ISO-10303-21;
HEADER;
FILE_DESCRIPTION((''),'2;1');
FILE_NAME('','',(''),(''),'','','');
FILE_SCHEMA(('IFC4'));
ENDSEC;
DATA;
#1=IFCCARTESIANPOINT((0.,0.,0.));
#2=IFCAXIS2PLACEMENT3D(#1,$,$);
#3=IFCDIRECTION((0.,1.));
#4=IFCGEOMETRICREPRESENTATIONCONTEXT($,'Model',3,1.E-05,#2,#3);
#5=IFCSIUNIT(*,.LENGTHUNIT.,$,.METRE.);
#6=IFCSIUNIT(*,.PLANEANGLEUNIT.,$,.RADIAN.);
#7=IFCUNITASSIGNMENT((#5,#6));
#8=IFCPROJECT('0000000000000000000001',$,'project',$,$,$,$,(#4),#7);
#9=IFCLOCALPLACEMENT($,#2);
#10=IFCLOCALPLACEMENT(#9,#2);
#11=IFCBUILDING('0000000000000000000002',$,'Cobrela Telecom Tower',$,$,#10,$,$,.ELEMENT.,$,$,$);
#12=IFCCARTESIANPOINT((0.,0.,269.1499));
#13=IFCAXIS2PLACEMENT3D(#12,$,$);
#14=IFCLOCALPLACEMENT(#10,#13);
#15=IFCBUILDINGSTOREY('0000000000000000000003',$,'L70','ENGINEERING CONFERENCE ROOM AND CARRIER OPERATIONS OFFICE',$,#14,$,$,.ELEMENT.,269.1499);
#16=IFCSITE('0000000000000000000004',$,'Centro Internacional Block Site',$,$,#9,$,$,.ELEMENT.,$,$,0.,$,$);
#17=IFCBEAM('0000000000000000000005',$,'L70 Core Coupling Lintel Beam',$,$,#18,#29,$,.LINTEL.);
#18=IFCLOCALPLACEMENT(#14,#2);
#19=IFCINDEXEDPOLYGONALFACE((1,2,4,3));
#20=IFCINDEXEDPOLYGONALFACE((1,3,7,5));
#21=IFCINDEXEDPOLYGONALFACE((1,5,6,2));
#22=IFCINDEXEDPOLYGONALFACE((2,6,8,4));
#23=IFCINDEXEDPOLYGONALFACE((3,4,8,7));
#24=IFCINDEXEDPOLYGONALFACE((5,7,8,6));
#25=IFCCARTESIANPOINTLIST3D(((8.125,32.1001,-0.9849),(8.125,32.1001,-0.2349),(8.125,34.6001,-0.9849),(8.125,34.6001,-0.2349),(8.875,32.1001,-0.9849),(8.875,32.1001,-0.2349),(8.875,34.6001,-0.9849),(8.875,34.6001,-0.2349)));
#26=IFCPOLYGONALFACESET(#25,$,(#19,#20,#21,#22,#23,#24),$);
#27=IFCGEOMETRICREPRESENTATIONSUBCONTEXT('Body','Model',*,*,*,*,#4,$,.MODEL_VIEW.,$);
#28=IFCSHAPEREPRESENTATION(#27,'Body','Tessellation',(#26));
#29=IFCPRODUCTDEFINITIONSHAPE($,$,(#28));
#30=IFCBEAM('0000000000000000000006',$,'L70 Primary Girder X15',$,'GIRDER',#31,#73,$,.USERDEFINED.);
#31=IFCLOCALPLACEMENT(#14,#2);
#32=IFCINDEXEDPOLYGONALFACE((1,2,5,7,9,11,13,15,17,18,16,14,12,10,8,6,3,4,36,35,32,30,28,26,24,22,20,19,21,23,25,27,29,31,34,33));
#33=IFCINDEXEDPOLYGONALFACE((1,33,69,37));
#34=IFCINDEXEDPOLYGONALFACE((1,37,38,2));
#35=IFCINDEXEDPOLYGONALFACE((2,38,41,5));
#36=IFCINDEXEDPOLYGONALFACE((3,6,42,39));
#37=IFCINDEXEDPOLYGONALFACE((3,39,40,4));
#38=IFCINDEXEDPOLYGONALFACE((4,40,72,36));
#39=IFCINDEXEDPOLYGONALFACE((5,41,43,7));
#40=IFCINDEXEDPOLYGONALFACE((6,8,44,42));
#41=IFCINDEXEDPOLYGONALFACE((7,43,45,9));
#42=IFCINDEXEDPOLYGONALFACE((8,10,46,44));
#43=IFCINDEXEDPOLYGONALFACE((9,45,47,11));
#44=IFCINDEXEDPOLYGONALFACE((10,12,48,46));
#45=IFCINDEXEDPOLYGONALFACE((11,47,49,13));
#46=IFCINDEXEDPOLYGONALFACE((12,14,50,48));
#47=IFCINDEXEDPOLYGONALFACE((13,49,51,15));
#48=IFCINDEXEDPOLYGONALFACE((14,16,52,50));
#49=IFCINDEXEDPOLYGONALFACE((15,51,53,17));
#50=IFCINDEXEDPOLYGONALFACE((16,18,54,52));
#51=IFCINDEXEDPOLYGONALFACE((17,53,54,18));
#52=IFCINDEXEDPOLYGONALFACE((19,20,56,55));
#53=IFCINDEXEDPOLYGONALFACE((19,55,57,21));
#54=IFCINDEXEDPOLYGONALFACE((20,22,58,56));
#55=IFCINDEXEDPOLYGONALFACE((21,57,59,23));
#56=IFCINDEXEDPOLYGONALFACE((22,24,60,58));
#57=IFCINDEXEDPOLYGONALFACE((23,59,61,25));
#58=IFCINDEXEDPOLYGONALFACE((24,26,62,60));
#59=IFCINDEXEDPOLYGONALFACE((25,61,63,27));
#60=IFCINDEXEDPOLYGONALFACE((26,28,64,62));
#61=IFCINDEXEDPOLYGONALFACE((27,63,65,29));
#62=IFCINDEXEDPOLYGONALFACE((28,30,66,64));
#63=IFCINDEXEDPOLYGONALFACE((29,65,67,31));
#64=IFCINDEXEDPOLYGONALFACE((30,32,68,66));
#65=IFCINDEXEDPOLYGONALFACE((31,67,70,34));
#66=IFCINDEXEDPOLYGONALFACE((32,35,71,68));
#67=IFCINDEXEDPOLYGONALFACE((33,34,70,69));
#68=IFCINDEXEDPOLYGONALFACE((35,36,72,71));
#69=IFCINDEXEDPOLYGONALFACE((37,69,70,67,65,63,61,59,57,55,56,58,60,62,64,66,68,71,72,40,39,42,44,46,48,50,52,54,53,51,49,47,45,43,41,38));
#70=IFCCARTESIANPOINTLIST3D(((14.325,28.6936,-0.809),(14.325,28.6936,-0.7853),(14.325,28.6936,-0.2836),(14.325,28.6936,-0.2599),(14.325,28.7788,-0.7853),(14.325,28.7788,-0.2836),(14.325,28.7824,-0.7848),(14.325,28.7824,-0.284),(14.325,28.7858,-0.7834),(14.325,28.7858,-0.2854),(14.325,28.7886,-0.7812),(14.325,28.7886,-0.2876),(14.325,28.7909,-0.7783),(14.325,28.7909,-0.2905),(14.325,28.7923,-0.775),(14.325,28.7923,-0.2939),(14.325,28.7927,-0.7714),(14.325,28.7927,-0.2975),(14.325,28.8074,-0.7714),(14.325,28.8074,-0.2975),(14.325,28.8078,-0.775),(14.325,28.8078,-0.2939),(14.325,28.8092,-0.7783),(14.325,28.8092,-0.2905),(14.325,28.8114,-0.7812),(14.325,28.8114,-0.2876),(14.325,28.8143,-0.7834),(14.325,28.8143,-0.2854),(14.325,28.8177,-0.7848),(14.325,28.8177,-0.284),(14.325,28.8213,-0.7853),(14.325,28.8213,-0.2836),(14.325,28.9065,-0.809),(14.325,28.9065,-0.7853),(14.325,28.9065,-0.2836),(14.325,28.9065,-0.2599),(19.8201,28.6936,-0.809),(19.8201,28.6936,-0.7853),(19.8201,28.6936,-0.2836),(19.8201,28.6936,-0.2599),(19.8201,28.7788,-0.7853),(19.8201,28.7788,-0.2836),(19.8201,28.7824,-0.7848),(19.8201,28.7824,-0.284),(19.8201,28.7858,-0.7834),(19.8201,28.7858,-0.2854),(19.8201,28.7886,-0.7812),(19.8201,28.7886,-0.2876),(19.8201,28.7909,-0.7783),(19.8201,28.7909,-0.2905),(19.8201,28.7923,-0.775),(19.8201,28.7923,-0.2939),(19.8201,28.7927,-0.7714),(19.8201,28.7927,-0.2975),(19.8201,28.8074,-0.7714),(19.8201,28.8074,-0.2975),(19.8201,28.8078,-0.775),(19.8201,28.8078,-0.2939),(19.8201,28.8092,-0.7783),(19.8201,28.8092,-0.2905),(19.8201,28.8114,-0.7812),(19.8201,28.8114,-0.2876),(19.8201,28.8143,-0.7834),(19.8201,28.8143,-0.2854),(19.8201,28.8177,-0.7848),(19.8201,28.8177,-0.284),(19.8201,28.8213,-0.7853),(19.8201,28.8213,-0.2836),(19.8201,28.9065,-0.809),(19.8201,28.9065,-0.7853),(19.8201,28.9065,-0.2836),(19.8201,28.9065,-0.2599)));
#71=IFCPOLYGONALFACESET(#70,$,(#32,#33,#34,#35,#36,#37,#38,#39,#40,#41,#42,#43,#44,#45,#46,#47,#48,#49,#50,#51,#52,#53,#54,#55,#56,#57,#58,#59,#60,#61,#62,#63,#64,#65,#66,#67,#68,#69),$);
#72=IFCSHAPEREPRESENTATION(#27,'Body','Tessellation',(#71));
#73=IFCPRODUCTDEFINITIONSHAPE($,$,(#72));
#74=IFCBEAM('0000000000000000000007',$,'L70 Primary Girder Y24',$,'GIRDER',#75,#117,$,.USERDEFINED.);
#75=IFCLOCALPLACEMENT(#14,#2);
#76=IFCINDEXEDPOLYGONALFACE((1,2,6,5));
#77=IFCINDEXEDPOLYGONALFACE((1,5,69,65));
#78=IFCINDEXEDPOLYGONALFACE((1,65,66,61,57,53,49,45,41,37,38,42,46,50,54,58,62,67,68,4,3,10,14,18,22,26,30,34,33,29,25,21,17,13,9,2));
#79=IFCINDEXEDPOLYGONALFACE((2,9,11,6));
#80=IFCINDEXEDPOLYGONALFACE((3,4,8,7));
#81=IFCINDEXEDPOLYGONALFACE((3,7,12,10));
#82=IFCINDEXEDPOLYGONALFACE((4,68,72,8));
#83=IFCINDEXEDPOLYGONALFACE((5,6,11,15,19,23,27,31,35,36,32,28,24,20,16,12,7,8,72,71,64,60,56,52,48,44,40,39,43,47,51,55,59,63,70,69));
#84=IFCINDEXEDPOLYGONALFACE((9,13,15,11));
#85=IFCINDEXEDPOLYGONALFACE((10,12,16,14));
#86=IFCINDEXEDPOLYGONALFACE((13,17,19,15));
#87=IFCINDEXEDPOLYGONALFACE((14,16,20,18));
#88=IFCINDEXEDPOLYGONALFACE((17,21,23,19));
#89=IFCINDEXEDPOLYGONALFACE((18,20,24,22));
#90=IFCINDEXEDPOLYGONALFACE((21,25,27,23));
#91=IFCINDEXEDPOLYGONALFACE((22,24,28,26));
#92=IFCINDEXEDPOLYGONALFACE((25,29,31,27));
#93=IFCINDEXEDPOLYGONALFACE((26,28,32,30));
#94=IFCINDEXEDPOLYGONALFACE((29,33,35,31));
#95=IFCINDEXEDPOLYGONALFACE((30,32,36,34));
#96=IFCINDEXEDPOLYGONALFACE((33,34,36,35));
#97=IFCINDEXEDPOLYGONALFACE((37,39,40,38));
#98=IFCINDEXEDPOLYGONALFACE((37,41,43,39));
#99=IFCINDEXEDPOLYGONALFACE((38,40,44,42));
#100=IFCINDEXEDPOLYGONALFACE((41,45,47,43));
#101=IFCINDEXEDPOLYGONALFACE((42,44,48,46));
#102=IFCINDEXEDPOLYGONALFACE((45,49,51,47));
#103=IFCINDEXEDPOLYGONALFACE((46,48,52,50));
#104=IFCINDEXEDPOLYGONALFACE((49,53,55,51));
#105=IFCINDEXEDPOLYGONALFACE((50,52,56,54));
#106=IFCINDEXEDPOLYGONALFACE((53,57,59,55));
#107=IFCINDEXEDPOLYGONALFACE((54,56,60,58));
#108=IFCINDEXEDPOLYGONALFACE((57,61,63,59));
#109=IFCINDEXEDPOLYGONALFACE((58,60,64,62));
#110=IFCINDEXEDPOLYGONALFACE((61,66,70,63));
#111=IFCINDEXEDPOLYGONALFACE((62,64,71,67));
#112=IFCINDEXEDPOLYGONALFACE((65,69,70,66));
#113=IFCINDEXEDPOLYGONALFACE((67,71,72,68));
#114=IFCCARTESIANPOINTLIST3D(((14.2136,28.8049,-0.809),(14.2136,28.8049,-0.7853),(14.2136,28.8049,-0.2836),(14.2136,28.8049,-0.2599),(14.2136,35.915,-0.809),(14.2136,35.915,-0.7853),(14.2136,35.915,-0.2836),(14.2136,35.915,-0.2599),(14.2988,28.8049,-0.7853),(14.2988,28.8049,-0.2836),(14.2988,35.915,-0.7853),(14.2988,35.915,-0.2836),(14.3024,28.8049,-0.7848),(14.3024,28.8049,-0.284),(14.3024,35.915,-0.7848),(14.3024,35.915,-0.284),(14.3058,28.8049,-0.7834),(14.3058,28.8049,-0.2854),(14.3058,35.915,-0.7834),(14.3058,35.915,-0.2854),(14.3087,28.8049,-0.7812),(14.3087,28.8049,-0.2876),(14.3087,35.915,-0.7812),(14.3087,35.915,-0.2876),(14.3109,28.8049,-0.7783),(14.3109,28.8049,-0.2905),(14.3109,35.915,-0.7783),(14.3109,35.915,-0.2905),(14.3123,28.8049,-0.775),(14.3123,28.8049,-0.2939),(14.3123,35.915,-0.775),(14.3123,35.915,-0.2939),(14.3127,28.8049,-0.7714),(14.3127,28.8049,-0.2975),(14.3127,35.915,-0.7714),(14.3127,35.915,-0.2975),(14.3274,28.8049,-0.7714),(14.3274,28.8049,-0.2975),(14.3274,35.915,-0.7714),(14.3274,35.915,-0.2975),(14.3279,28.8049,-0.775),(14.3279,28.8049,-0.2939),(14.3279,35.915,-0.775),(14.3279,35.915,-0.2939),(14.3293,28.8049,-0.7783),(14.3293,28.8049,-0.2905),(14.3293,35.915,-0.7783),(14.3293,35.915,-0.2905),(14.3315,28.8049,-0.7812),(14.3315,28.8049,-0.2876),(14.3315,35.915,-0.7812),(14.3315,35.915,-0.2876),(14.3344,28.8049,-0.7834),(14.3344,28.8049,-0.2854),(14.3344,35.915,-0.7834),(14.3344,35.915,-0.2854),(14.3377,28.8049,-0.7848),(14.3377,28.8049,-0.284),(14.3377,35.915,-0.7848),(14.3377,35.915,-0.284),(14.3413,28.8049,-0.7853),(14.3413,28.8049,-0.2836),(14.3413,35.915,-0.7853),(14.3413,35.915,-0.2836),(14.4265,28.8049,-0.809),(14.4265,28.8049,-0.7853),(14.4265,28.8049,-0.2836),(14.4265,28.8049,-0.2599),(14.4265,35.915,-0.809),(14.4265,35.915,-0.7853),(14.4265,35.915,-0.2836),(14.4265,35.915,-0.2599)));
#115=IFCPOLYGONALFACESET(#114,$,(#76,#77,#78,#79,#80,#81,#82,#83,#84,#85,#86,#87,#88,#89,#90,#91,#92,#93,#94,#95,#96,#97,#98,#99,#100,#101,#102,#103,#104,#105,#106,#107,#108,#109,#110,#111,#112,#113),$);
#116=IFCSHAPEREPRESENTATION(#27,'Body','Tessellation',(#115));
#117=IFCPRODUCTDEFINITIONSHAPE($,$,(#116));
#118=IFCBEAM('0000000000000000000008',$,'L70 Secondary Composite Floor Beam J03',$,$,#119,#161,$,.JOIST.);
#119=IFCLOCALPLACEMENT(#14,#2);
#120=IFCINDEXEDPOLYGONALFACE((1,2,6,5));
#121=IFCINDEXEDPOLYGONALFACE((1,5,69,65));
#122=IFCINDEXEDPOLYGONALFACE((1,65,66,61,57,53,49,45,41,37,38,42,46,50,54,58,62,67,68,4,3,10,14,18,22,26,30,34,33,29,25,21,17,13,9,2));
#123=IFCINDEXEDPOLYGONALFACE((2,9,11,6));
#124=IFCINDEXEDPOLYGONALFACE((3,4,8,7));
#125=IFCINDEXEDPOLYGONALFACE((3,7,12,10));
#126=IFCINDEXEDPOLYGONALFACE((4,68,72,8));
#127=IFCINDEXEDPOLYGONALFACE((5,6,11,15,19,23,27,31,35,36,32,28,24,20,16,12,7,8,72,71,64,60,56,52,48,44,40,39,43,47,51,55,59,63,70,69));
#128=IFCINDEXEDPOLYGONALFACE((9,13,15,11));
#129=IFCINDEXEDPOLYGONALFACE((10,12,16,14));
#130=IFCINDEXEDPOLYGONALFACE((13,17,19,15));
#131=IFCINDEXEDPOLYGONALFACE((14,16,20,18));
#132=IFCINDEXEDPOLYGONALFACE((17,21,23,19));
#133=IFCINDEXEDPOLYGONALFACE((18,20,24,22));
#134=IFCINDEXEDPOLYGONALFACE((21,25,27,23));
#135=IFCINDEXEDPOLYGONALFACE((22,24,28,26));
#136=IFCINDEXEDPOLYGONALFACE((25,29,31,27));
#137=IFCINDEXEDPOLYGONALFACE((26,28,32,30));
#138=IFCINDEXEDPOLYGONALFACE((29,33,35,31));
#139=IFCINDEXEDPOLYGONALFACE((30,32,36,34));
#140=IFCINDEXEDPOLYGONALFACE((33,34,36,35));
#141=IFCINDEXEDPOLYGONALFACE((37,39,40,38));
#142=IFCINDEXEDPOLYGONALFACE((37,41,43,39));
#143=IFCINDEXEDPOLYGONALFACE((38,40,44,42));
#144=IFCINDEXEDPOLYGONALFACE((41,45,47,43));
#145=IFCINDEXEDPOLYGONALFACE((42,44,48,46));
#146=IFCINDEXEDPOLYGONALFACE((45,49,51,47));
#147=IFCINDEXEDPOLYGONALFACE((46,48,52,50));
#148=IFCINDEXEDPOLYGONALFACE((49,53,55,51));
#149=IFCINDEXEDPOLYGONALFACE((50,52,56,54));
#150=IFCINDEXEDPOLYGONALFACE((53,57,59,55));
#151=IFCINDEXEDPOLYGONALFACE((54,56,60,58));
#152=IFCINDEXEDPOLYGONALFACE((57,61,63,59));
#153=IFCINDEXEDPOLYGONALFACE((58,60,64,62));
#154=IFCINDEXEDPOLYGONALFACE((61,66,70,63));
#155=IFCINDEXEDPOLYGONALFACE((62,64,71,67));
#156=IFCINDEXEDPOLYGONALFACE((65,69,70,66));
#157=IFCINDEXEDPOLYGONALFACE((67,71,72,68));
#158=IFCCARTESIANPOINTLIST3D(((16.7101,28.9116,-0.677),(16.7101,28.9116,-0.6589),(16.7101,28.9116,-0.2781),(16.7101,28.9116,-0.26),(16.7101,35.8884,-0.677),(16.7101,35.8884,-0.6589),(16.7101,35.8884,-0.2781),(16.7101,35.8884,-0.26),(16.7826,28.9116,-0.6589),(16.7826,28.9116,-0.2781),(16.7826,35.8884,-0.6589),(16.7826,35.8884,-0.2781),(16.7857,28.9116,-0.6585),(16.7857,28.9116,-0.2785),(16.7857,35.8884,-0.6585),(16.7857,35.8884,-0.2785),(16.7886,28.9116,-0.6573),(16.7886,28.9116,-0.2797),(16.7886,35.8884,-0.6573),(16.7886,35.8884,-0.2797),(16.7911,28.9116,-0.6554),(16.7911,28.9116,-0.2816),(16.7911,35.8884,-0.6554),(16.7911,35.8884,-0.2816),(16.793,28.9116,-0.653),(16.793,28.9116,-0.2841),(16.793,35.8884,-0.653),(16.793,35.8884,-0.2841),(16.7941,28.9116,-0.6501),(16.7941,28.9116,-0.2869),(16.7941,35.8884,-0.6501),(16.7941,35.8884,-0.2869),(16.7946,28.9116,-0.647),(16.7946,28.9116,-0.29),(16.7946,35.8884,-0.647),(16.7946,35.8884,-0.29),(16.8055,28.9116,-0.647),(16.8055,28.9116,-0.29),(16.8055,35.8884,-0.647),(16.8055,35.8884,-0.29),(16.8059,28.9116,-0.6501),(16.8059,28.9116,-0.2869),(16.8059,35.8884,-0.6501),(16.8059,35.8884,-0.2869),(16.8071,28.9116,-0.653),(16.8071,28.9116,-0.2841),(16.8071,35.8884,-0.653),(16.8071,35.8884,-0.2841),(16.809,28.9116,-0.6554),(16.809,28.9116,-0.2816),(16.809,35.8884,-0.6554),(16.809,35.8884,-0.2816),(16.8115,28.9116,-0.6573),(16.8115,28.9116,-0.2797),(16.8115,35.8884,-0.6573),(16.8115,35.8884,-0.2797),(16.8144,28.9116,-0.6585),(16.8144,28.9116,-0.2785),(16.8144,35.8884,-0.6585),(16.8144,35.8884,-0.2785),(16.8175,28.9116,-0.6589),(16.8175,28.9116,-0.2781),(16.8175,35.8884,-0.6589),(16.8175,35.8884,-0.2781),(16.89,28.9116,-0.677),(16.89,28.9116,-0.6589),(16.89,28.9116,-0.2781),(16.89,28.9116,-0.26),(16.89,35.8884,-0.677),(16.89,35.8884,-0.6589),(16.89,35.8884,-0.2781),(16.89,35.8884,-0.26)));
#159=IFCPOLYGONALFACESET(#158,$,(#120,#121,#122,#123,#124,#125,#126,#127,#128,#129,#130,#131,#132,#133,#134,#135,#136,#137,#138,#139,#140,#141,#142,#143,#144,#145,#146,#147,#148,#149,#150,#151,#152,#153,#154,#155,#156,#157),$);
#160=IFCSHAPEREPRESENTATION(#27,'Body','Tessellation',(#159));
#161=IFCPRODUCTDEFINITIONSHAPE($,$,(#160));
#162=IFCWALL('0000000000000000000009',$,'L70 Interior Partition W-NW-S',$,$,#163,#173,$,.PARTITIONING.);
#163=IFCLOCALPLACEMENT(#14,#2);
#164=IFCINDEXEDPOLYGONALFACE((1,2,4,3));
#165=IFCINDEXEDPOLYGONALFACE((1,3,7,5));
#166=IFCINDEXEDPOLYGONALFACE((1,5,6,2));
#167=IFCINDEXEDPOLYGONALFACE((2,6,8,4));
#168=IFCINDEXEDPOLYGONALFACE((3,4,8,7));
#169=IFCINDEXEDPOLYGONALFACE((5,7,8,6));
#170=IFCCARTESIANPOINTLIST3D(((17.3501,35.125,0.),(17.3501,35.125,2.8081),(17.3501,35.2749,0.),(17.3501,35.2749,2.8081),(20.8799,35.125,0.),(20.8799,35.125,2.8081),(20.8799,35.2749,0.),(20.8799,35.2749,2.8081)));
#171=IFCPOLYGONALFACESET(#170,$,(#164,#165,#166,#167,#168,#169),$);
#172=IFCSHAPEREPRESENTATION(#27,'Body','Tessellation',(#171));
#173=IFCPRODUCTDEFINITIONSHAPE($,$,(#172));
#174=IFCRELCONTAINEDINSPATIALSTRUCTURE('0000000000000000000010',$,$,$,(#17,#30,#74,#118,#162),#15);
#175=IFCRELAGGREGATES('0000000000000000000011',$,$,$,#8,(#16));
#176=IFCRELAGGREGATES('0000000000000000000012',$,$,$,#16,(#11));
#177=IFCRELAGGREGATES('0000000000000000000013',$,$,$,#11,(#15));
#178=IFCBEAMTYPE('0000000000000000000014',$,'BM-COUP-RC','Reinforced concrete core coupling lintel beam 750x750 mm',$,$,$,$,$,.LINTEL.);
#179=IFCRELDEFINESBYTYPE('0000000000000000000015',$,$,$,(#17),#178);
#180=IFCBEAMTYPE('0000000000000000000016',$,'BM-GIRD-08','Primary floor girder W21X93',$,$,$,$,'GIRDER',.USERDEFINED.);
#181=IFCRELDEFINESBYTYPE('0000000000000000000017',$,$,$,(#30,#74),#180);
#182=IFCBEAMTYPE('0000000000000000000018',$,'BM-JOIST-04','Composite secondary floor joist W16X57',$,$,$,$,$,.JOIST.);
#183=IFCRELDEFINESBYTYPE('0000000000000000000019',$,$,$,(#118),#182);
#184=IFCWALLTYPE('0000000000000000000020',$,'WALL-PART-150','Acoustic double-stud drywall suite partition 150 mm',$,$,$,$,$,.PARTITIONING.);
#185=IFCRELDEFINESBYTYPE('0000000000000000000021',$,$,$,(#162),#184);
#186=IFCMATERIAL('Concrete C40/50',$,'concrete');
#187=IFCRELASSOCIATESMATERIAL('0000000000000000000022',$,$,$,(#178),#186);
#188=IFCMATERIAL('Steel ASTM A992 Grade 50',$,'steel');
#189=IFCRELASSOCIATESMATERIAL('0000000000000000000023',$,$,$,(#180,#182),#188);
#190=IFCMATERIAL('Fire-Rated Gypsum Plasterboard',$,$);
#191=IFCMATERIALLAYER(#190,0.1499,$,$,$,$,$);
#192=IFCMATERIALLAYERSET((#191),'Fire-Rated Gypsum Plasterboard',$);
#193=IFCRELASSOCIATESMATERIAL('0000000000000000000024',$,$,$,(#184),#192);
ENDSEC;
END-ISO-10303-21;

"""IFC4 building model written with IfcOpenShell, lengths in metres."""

from ifc_helpers import new_model, si_unit, direction, frame, frame_2d, origin, origin_2d, place, context, subcontext, project, spatial, rectangle, i_section, extrude, material, layer, layer_set, material_profile, profile_set, type_object, element, save


model = new_model("IFC4")

# Units and contexts
model_context = context("Model", 3, precision=1e-05, world=origin(), true_north=direction((0.0, 1.0)))
body_context = subcontext(model_context, "Body", "Model", "MODEL_VIEW")
ifc_project = project(units=[si_unit("LENGTHUNIT", "METRE"), si_unit("PLANEANGLEUNIT", "RADIAN")], contexts=[model_context])

# Site, building, storey
site_placement = place(None, origin())
site = spatial("IfcSite", under=ifc_project, at=site_placement, Name="Centro Internacional Block Site", CompositionType="ELEMENT", RefElevation=0.0)
building_placement = place(site_placement, origin())
building = spatial("IfcBuilding", under=site, at=building_placement, Name="Cobrela Telecom Tower", CompositionType="ELEMENT")
storey_placement = place(building_placement, frame((0.0, 0.0, 269.1499)))
storey = spatial("IfcBuildingStorey", under=building, at=storey_placement, Name="L70", Description="ENGINEERING CONFERENCE ROOM AND CARRIER OPERATIONS OFFICE", CompositionType="ELEMENT", Elevation=269.1499)

# Beams
ifc_material_1 = material(Name="Concrete C40/50", Category="concrete")
ifc_material_profile_1 = material_profile(ifc_material_1, rectangle(XDim=0.75, YDim=0.75, at=origin_2d()), Name="RC 750x750")
ifc_profile_set_1 = profile_set([ifc_material_profile_1], Name="Concrete C40/50")
beam_type_1 = type_object("IfcBeamType", Name="BM-COUP-RC", Description="Reinforced concrete core coupling lintel beam 750x750 mm", PredefinedType="LINTEL", material=ifc_profile_set_1)
beam_1_placement = place(storey_placement, frame((8.5, 32.1001, -0.6099), z_axis=(0.0, 1.0, 0.0), x_axis=(-1.0, 0.0, 0.0)))
element("IfcBeam", 1, at=beam_1_placement, inside=storey, type_object=beam_type_1, Name="L70 Core Coupling Lintel Beam", PredefinedType="LINTEL", context=body_context, shape_type="SweptSolid", body=[
    extrude(rectangle(XDim=0.75, YDim=0.75, at=origin_2d()), origin(), (0.0, 0.0, 1.0), 2.5),
])
ifc_material_2 = material(Name="Steel ASTM A992 Grade 50", Category="steel")
ifc_material_profile_2 = material_profile(ifc_material_2, i_section(OverallWidth=0.2129, OverallDepth=0.5491, WebThickness=0.0146, FlangeThickness=0.0237, FilletRadius=0.0139, at=origin_2d()), Name="W21X93")
ifc_profile_set_2 = profile_set([ifc_material_profile_2], Name="Steel ASTM A992 Grade 50")
beam_type_2 = type_object("IfcBeamType", Name="BM-GIRD-08", Description="Primary floor girder W21X93", ElementType="GIRDER", PredefinedType="USERDEFINED", material=ifc_profile_set_2)
beam_2_placement = place(storey_placement, frame((14.325, 28.8, -0.5344), z_axis=(1.0, 0.0, 0.0), x_axis=(0.0, 1.0, 0.0)))
element("IfcBeam", 2, at=beam_2_placement, inside=storey, type_object=beam_type_2, Name="L70 Primary Girder X15", ObjectType="GIRDER", PredefinedType="USERDEFINED", context=body_context, shape_type="SweptSolid", body=[
    extrude(i_section(OverallWidth=0.2129, OverallDepth=0.5491, WebThickness=0.0146, FlangeThickness=0.0237, FilletRadius=0.0139, at=origin_2d()), origin(), (0.0, 0.0, 1.0), 5.4951),
])
beam_3_placement = place(storey_placement, frame((14.3201, 28.8049, -0.5344), z_axis=(0.0, 1.0, 0.0), x_axis=(-1.0, 0.0, 0.0)))
element("IfcBeam", 3, at=beam_3_placement, inside=storey, type_object=beam_type_2, Name="L70 Primary Girder Y24", ObjectType="GIRDER", PredefinedType="USERDEFINED", context=body_context, shape_type="SweptSolid", body=[
    extrude(i_section(OverallWidth=0.2129, OverallDepth=0.5491, WebThickness=0.0146, FlangeThickness=0.0237, FilletRadius=0.0139, at=origin_2d()), origin(), (0.0, 0.0, 1.0), 7.1101),
])
ifc_material_profile_3 = material_profile(ifc_material_2, i_section(OverallWidth=0.1799, OverallDepth=0.417, WebThickness=0.011, FlangeThickness=0.0181, FilletRadius=0.012, at=origin_2d()), Name="W16X57")
ifc_profile_set_3 = profile_set([ifc_material_profile_3], Name="Steel ASTM A992 Grade 50")
beam_type_3 = type_object("IfcBeamType", Name="BM-JOIST-04", Description="Composite secondary floor joist W16X57", PredefinedType="JOIST", material=ifc_profile_set_3)
beam_4_placement = place(storey_placement, frame((16.8, 28.9116, -0.4685), z_axis=(0.0, 1.0, 0.0), x_axis=(-1.0, 0.0, 0.0)))
element("IfcBeam", 4, at=beam_4_placement, inside=storey, type_object=beam_type_3, Name="L70 Secondary Composite Floor Beam J03", PredefinedType="JOIST", context=body_context, shape_type="SweptSolid", body=[
    extrude(i_section(OverallWidth=0.1799, OverallDepth=0.417, WebThickness=0.011, FlangeThickness=0.0181, FilletRadius=0.012, at=origin_2d()), origin(), (0.0, 0.0, 1.0), 6.9768),
])

# Shared definitions
ifc_material_3 = material(Name="Fire-Rated Gypsum Plasterboard")

# Wall
ifc_layer_1 = layer(ifc_material_3, 0.1499)
ifc_layer_set_1 = layer_set([ifc_layer_1], Name="Fire-Rated Gypsum Plasterboard")
wall_type_1 = type_object("IfcWallType", Name="WALL-PART-150", Description="Acoustic double-stud drywall suite partition 150 mm", PredefinedType="PARTITIONING", material=ifc_layer_set_1)
wall_1_placement = place(storey_placement, frame((17.3501, 35.2, 0.0), z_axis=(0.0, 0.0, 1.0), x_axis=(1.0, 0.0, 0.0)))
element("IfcWall", 5, at=wall_1_placement, inside=storey, type_object=wall_type_1, Name="L70 Interior Partition W-NW-S", PredefinedType="PARTITIONING", context=body_context, shape_type="SweptSolid", body=[
    extrude(rectangle(XDim=3.5298, YDim=0.1499, at=frame_2d((1.7649, 0.0))), origin(), (0.0, 0.0, 1.0), 2.8081),
])

save(model, "model.ifc")
